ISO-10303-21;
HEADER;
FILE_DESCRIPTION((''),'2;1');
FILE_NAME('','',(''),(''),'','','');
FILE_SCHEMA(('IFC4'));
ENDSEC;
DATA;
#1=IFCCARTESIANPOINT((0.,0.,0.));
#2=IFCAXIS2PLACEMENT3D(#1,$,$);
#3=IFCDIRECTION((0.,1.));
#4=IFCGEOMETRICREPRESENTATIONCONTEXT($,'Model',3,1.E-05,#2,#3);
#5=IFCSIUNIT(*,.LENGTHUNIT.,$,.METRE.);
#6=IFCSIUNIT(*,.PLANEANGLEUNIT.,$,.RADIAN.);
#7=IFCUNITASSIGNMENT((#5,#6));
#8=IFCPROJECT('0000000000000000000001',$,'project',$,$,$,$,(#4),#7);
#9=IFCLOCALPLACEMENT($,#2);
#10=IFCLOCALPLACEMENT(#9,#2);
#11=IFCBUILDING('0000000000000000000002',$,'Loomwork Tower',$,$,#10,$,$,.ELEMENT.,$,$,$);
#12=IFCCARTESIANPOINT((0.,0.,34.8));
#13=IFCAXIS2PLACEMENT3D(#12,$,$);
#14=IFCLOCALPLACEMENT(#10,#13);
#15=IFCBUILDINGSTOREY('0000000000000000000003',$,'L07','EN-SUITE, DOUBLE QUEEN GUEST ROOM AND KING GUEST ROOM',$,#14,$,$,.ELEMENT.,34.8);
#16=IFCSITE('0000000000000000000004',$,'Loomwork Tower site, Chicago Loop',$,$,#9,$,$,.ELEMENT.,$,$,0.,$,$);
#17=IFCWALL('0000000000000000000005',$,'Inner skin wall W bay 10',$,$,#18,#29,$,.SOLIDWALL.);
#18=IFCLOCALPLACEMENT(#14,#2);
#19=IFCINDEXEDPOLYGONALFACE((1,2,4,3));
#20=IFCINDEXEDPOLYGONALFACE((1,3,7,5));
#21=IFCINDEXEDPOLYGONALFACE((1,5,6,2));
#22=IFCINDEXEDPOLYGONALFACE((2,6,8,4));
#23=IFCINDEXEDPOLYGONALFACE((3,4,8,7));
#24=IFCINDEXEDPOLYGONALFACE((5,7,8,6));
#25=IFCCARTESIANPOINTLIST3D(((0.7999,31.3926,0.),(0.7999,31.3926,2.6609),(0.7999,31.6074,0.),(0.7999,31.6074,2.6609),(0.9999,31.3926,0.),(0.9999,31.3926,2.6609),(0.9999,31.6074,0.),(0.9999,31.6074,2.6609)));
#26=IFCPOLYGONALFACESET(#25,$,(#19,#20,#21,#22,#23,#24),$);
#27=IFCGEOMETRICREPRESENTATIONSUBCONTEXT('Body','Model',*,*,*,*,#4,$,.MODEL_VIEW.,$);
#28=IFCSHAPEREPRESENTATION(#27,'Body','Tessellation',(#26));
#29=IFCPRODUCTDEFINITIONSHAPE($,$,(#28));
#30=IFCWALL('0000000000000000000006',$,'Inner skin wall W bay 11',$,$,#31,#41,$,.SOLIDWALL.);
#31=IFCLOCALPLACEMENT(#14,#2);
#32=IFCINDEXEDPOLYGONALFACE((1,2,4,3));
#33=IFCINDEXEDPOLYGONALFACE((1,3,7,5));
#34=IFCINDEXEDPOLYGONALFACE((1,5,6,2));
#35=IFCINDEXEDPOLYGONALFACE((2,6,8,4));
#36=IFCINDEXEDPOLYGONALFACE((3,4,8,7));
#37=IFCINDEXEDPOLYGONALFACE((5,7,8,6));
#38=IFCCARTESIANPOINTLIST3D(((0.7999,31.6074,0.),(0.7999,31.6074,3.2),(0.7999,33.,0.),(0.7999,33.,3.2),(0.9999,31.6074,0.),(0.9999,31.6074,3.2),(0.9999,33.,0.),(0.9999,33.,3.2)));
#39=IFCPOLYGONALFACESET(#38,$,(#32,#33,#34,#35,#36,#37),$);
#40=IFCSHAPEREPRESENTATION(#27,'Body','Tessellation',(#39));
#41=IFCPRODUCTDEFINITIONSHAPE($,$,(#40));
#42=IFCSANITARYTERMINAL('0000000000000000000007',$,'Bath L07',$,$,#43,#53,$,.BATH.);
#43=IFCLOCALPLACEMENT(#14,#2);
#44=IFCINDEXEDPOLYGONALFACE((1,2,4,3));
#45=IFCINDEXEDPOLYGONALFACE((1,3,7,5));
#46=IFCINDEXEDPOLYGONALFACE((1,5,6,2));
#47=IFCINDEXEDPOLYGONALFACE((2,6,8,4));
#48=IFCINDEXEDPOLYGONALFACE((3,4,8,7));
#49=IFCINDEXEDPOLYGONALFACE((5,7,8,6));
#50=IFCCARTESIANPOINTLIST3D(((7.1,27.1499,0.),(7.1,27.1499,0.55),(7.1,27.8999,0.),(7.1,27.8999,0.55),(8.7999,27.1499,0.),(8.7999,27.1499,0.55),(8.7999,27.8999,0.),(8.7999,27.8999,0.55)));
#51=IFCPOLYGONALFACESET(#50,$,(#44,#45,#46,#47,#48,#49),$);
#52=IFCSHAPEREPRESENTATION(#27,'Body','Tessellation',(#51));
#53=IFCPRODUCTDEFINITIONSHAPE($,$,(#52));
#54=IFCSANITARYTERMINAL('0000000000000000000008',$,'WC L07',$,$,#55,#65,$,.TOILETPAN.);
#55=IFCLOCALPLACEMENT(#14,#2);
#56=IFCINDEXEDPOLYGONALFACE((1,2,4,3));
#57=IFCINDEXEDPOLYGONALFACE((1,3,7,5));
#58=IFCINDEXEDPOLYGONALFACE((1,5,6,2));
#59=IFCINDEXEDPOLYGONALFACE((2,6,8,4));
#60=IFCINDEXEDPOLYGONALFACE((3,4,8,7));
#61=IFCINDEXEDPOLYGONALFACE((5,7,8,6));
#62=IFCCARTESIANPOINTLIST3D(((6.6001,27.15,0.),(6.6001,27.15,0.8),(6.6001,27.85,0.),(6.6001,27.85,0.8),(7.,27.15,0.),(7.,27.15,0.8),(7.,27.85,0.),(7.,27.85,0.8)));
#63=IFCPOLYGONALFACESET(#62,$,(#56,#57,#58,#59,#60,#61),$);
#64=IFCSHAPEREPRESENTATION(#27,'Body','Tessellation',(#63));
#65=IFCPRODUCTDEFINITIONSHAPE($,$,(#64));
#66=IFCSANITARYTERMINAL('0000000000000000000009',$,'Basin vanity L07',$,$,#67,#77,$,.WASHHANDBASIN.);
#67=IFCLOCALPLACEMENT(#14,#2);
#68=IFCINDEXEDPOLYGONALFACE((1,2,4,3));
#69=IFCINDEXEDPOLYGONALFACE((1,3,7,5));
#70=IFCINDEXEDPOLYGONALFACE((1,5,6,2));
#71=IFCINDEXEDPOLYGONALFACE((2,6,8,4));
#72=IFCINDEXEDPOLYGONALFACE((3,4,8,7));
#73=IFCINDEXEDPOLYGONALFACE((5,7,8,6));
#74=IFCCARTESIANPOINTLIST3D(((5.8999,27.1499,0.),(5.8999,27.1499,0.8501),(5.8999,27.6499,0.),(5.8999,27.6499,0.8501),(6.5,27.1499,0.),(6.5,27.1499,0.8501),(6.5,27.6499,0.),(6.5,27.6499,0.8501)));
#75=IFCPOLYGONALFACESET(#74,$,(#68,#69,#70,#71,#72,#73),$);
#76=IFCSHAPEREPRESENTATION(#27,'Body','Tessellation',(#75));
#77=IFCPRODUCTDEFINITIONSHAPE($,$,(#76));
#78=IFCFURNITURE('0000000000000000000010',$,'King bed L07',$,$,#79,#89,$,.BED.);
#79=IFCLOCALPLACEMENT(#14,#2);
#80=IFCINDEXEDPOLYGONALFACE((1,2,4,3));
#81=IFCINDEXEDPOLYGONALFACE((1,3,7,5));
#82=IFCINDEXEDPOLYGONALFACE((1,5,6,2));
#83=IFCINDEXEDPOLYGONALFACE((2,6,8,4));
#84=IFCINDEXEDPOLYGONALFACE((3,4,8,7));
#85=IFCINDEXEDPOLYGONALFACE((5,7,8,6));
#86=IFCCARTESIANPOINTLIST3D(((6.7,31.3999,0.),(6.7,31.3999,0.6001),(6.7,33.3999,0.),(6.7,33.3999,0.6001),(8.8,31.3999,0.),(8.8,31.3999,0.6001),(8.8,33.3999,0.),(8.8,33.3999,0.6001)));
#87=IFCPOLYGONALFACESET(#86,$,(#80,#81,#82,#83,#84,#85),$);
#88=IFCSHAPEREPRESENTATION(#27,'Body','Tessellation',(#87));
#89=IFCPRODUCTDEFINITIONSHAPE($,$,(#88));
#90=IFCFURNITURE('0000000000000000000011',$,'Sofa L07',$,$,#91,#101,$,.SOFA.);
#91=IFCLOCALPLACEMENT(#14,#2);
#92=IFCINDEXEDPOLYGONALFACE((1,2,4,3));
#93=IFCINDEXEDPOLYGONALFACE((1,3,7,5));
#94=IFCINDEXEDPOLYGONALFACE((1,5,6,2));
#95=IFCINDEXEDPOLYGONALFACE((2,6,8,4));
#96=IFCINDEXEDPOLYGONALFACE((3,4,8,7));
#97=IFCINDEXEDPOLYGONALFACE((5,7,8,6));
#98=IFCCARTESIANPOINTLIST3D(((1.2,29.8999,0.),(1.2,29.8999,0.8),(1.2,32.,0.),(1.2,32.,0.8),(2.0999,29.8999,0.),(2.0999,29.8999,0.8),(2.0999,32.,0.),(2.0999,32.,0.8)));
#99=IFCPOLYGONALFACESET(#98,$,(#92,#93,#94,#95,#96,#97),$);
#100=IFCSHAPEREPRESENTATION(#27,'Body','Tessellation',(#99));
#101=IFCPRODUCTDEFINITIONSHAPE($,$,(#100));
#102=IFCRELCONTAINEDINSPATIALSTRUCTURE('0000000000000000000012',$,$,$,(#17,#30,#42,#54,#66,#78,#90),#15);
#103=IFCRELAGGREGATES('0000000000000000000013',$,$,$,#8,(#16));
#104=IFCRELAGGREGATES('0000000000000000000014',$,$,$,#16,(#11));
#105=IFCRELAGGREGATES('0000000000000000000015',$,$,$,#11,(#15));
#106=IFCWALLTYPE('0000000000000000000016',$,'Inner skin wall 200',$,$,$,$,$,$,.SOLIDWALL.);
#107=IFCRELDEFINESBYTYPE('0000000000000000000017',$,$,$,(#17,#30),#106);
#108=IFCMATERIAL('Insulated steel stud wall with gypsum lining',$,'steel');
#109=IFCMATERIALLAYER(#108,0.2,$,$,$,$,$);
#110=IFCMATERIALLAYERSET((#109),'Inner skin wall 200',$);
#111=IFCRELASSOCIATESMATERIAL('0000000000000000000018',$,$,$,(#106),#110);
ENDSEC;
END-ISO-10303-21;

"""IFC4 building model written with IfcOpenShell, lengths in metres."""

from ifc_helpers import new_model, si_unit, direction, frame, frame_2d, origin, origin_2d, place, context, subcontext, project, spatial, rectangle, extrude, material, layer, layer_set, type_object, element, save


model = new_model("IFC4")

# Units and contexts
model_context = context("Model", 3, precision=1e-05, world=origin(), true_north=direction((0.0, 1.0)))
body_context = subcontext(model_context, "Body", "Model", "MODEL_VIEW")
ifc_project = project(units=[si_unit("LENGTHUNIT", "METRE"), si_unit("PLANEANGLEUNIT", "RADIAN")], contexts=[model_context])

# Site, building, storey
site_placement = place(None, origin())
site = spatial("IfcSite", under=ifc_project, at=site_placement, Name="Loomwork Tower site, Chicago Loop", CompositionType="ELEMENT", RefElevation=0.0)
building_placement = place(site_placement, origin())
building = spatial("IfcBuilding", under=site, at=building_placement, Name="Loomwork Tower", CompositionType="ELEMENT")
storey_placement = place(building_placement, frame((0.0, 0.0, 34.8)))
storey = spatial("IfcBuildingStorey", under=building, at=storey_placement, Name="L07", Description="EN-SUITE, DOUBLE QUEEN GUEST ROOM AND KING GUEST ROOM", CompositionType="ELEMENT", Elevation=34.8)

# Walls
ifc_material_1 = material(Name="Insulated steel stud wall with gypsum lining", Category="steel")
ifc_layer_1 = layer(ifc_material_1, 0.2)
ifc_layer_set_1 = layer_set([ifc_layer_1], Name="Inner skin wall 200")
wall_type_1 = type_object("IfcWallType", Name="Inner skin wall 200", PredefinedType="SOLIDWALL", material=ifc_layer_set_1)
wall_1_placement = place(storey_placement, frame((0.8999, 31.3926, 0.0), z_axis=(0.0, 0.0, 1.0), x_axis=(0.0, 1.0, 0.0)))
element("IfcWall", 1, at=wall_1_placement, inside=storey, type_object=wall_type_1, Name="Inner skin wall W bay 10", PredefinedType="SOLIDWALL", context=body_context, shape_type="SweptSolid", body=[
    extrude(rectangle(XDim=0.2148, YDim=0.2, at=frame_2d((0.1074, 0.0))), origin(), (0.0, 0.0, 1.0), 2.6609),
])
wall_2_placement = place(storey_placement, frame((0.8999, 31.6074, 0.0), z_axis=(0.0, 0.0, 1.0), x_axis=(0.0, 1.0, 0.0)))
element("IfcWall", 2, at=wall_2_placement, inside=storey, type_object=wall_type_1, Name="Inner skin wall W bay 11", PredefinedType="SOLIDWALL", context=body_context, shape_type="SweptSolid", body=[
    extrude(rectangle(XDim=1.3926, YDim=0.2, at=frame_2d((0.6963, 0.0))), origin(), (0.0, 0.0, 1.0), 3.2),
])

# Sanitary terminals
sanitary_terminal_1_placement = place(storey_placement, frame((7.95, 27.5249, 0.0), z_axis=(0.0, 0.0, 1.0), x_axis=(1.0, 0.0, 0.0)))
element("IfcSanitaryTerminal", 3, at=sanitary_terminal_1_placement, inside=storey, Name="Bath L07", PredefinedType="BATH", context=body_context, shape_type="SweptSolid", body=[
    extrude(rectangle(XDim=1.7, YDim=0.75, at=origin_2d()), origin(), (0.0, 0.0, 1.0), 0.55),
])
sanitary_terminal_2_placement = place(storey_placement, frame((6.8, 27.5, 0.0), z_axis=(0.0, 0.0, 1.0), x_axis=(1.0, 0.0, 0.0)))
element("IfcSanitaryTerminal", 4, at=sanitary_terminal_2_placement, inside=storey, Name="WC L07", PredefinedType="TOILETPAN", context=body_context, shape_type="SweptSolid", body=[
    extrude(rectangle(XDim=0.3999, YDim=0.7, at=origin_2d()), origin(), (0.0, 0.0, 1.0), 0.8),
])
sanitary_terminal_3_placement = place(storey_placement, frame((6.2, 27.3999, 0.0), z_axis=(0.0, 0.0, 1.0), x_axis=(1.0, 0.0, 0.0)))
element("IfcSanitaryTerminal", 5, at=sanitary_terminal_3_placement, inside=storey, Name="Basin vanity L07", PredefinedType="WASHHANDBASIN", context=body_context, shape_type="SweptSolid", body=[
    extrude(rectangle(XDim=0.6001, YDim=0.5, at=origin_2d()), origin(), (0.0, 0.0, 1.0), 0.8501),
])

# Furniture
furniture_1_placement = place(storey_placement, frame((7.75, 32.3999, 0.0), z_axis=(0.0, 0.0, 1.0), x_axis=(1.0, 0.0, 0.0)))
element("IfcFurniture", 6, at=furniture_1_placement, inside=storey, Name="King bed L07", PredefinedType="BED", context=body_context, shape_type="SweptSolid", body=[
    extrude(rectangle(XDim=2.1001, YDim=2.0, at=origin_2d()), origin(), (0.0, 0.0, 1.0), 0.6001),
])
furniture_2_placement = place(storey_placement, frame((1.6499, 30.95, 0.0), z_axis=(0.0, 0.0, 1.0), x_axis=(1.0, 0.0, 0.0)))
element("IfcFurniture", 7, at=furniture_2_placement, inside=storey, Name="Sofa L07", PredefinedType="SOFA", context=body_context, shape_type="SweptSolid", body=[
    extrude(rectangle(XDim=0.8999, YDim=2.1001, at=origin_2d()), origin(), (0.0, 0.0, 1.0), 0.8),
])

save(model, "model.ifc")
